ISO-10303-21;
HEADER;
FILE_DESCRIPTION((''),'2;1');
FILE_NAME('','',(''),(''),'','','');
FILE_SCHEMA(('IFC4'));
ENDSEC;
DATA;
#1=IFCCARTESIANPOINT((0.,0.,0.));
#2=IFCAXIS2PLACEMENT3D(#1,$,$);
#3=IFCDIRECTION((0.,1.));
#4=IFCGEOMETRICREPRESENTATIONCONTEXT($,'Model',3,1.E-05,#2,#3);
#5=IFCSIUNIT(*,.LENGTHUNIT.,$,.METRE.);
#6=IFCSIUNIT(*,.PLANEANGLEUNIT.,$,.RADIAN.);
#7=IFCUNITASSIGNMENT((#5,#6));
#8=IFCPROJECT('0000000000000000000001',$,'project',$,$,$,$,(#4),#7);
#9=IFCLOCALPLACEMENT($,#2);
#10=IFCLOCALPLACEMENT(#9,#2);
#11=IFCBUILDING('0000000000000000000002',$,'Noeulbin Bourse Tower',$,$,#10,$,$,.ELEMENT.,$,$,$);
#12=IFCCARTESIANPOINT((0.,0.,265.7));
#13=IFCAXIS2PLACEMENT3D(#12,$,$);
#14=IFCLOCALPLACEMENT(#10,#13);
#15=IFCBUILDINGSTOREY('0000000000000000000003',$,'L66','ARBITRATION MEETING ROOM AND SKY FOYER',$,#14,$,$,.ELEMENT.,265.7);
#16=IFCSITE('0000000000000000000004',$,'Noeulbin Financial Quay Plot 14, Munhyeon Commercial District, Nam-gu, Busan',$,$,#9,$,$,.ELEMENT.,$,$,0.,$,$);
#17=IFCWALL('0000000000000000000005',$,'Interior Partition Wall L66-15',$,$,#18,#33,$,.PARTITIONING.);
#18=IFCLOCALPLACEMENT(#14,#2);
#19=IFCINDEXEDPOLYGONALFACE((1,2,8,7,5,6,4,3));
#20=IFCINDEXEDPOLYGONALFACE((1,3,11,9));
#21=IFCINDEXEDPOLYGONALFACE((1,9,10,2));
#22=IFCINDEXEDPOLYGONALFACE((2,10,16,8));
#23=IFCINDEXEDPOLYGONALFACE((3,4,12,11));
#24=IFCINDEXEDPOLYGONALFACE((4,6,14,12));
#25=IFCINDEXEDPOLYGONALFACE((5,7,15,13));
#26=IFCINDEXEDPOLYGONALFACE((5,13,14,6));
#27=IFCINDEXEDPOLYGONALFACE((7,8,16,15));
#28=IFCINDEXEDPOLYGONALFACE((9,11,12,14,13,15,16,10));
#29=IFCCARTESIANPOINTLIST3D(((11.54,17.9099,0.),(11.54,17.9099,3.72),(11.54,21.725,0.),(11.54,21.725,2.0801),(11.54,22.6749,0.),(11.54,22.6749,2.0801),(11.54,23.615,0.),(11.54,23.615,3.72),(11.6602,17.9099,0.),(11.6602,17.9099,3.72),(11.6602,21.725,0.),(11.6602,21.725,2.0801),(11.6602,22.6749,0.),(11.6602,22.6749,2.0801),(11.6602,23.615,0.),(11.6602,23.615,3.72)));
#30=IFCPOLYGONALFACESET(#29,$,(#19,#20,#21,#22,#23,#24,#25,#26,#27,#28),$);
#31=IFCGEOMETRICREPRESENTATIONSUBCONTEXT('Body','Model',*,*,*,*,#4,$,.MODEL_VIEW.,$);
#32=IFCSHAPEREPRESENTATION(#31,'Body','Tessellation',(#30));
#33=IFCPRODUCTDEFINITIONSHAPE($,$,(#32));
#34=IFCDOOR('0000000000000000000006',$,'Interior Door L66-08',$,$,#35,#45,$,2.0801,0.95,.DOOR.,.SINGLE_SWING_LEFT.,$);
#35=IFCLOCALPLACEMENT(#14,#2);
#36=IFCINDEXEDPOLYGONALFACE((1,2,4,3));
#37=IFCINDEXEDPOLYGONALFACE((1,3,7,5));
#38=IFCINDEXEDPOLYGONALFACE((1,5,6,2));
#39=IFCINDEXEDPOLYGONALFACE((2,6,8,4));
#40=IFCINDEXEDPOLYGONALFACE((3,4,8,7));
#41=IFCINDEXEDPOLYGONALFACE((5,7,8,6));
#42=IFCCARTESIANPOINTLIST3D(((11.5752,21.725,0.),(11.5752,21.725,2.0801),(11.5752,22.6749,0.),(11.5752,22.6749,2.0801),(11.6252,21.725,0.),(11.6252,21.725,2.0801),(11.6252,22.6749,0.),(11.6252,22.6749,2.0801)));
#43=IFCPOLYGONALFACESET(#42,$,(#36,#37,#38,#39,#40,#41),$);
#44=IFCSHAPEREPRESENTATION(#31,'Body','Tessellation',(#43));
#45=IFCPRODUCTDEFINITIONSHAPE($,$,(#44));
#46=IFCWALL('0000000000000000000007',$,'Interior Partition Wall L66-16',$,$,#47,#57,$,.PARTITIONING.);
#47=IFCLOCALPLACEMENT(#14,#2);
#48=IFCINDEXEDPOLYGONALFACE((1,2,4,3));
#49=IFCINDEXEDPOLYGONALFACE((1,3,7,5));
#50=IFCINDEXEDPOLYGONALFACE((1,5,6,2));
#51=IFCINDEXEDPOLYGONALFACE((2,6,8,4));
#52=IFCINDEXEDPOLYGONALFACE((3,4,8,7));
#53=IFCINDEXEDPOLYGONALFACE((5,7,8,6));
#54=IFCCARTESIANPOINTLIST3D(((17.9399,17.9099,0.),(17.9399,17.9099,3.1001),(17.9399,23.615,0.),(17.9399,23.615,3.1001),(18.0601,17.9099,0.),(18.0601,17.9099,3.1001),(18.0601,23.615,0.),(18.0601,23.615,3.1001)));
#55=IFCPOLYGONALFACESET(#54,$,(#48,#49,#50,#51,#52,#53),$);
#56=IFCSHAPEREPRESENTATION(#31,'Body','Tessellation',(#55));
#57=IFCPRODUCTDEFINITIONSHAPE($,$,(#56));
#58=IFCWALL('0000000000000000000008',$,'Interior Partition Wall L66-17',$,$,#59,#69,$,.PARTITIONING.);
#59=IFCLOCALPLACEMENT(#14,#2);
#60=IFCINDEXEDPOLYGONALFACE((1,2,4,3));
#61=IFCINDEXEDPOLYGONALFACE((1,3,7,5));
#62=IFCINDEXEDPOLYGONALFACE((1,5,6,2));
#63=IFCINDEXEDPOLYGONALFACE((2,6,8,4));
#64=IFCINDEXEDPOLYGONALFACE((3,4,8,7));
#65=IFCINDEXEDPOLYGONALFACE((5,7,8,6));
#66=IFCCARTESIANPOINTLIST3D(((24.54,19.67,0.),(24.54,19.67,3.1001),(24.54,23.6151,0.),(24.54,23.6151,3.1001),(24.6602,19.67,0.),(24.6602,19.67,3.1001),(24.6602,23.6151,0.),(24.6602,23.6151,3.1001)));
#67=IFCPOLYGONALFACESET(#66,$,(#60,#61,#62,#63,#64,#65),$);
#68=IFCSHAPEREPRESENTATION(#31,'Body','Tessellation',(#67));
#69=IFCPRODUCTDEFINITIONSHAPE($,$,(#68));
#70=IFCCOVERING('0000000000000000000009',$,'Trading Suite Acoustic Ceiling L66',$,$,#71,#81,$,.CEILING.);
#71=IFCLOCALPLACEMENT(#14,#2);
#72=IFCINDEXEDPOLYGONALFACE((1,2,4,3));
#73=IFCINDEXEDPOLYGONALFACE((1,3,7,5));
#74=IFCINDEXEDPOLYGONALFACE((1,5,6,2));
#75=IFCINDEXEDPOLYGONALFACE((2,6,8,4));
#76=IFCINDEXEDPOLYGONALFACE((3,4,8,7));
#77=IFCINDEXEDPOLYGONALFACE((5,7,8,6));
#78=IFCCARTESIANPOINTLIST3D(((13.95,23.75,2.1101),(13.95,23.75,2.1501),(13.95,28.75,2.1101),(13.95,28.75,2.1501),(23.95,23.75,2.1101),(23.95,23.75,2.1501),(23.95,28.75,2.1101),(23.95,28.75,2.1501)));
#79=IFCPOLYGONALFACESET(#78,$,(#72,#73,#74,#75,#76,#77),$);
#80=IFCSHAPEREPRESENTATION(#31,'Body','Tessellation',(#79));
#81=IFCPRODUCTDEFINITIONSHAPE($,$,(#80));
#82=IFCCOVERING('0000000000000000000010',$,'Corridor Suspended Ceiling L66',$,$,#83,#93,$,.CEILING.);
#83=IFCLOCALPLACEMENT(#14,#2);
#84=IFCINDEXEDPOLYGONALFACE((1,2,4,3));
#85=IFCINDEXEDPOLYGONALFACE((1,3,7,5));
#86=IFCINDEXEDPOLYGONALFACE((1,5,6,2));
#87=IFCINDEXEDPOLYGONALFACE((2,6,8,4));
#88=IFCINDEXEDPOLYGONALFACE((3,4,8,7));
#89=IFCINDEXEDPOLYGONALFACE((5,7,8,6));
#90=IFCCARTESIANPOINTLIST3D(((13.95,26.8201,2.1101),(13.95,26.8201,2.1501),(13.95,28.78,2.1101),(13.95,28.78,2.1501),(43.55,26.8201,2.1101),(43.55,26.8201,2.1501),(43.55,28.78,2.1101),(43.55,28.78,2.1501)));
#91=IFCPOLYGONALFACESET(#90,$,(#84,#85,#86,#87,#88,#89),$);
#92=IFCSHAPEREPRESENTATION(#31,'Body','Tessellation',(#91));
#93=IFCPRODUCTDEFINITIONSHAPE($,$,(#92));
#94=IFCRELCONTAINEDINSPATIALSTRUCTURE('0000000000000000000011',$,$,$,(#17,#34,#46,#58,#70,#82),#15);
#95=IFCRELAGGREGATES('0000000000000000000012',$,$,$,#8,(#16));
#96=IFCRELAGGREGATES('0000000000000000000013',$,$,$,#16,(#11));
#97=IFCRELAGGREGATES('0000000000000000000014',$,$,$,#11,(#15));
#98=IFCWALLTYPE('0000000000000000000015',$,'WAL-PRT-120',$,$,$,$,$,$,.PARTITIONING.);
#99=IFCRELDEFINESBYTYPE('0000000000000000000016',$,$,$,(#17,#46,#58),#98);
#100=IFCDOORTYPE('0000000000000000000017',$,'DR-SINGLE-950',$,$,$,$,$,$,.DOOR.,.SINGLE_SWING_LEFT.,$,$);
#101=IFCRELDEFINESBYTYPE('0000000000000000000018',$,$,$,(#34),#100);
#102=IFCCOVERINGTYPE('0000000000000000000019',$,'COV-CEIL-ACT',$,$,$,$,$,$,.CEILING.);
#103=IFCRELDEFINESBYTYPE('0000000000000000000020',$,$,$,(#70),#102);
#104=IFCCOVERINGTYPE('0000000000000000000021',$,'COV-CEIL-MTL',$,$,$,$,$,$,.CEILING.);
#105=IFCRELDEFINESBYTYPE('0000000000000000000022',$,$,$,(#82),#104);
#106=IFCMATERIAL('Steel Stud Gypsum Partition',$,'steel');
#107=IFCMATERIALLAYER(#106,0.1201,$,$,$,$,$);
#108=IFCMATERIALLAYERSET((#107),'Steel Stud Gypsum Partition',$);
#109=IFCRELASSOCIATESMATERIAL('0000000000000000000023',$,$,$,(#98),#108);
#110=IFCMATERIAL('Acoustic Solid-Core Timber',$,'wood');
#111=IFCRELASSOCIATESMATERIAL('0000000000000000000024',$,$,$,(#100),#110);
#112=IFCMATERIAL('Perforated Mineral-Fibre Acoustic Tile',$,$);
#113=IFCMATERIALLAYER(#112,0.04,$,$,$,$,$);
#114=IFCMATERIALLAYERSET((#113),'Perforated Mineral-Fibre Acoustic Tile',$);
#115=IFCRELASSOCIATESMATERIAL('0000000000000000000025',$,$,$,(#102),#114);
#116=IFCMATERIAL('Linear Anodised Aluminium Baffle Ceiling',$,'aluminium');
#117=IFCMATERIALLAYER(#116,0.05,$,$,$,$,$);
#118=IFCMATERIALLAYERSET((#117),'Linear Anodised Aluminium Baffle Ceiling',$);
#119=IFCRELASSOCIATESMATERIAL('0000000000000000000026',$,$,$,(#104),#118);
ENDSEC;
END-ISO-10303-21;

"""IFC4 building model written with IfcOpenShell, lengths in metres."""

from ifc_helpers import new_model, si_unit, direction, frame, frame_2d, origin, place, context, subcontext, project, spatial, polyline, rectangle, outline, extrude, material, layer, layer_set, type_object, element, fill, save


model = new_model("IFC4")

# Units and contexts
model_context = context("Model", 3, precision=1e-05, world=origin(), true_north=direction((0.0, 1.0)))
body_context = subcontext(model_context, "Body", "Model", "MODEL_VIEW")
ifc_project = project(units=[si_unit("LENGTHUNIT", "METRE"), si_unit("PLANEANGLEUNIT", "RADIAN")], contexts=[model_context])

# Site, building, storey
site_placement = place(None, origin())
site = spatial("IfcSite", under=ifc_project, at=site_placement, Name="Noeulbin Financial Quay Plot 14, Munhyeon Commercial District, Nam-gu, Busan", CompositionType="ELEMENT", RefElevation=0.0)
building_placement = place(site_placement, origin())
building = spatial("IfcBuilding", under=site, at=building_placement, Name="Noeulbin Bourse Tower", CompositionType="ELEMENT")
storey_placement = place(building_placement, frame((0.0, 0.0, 265.7)))
storey = spatial("IfcBuildingStorey", under=building, at=storey_placement, Name="L66", Description="ARBITRATION MEETING ROOM AND SKY FOYER", CompositionType="ELEMENT", Elevation=265.7)

# Wall, opening, door
ifc_material_1 = material(Name="Steel Stud Gypsum Partition", Category="steel")
ifc_layer_1 = layer(ifc_material_1, 0.1201)
ifc_layer_set_1 = layer_set([ifc_layer_1], Name="Steel Stud Gypsum Partition")
wall_type_1 = type_object("IfcWallType", Name="WAL-PRT-120", PredefinedType="PARTITIONING", material=ifc_layer_set_1)
wall_1_placement = place(storey_placement, frame((11.6001, 17.9099, 0.0), z_axis=(0.0, 0.0, 1.0), x_axis=(0.0, 1.0, 0.0)))
wall_1 = element("IfcWall", 1, at=wall_1_placement, inside=storey, type_object=wall_type_1, Name="Interior Partition Wall L66-15", PredefinedType="PARTITIONING", context=body_context, shape_type="SweptSolid", body=[
    extrude(rectangle(XDim=5.7051, YDim=0.1201, at=frame_2d((2.8525, 0.0))), origin(), (0.0, 0.0, 1.0), 3.72),
])
opening_1_placement = place(wall_1_placement, frame((3.8149, 0.0, 0.0)))
opening_1 = element("IfcOpeningElement", 2, at=opening_1_placement, cuts=wall_1, PredefinedType="OPENING", context=body_context, shape_type="SweptSolid", body=[
    extrude(rectangle(XDim=0.95, YDim=2.0801, at=frame_2d((0.4751, 1.04))), frame((0.0, 0.0701, 0.0), z_axis=(0.0, -1.0, 0.0), x_axis=(1.0, 0.0, 0.0)), (0.0, 0.0, 1.0), 0.1401),
])
ifc_material_2 = material(Name="Acoustic Solid-Core Timber", Category="wood")
door_type = type_object("IfcDoorType", Name="DR-SINGLE-950", OperationType="SINGLE_SWING_LEFT", PredefinedType="DOOR", material=ifc_material_2)
door_placement = place(opening_1_placement, origin())
door = element("IfcDoor", 3, at=door_placement, inside=storey, type_object=door_type, Name="Interior Door L66-08", OperationType="SINGLE_SWING_LEFT", OverallHeight=2.0801, OverallWidth=0.95, PredefinedType="DOOR", context=body_context, shape_type="SweptSolid", body=[
    extrude(rectangle(XDim=0.95, YDim=2.0801, at=frame_2d((0.4751, 1.04))), frame((0.0, 0.0249, 0.0), z_axis=(0.0, -1.0, 0.0), x_axis=(1.0, 0.0, 0.0)), (0.0, 0.0, 1.0), 0.05),
])
fill(opening_1, door)

# Walls
wall_2_placement = place(storey_placement, frame((18.0, 17.9099, 0.0), z_axis=(0.0, 0.0, 1.0), x_axis=(0.0, 1.0, 0.0)))
element("IfcWall", 4, at=wall_2_placement, inside=storey, type_object=wall_type_1, Name="Interior Partition Wall L66-16", PredefinedType="PARTITIONING", context=body_context, shape_type="SweptSolid", body=[
    extrude(rectangle(XDim=5.7051, YDim=0.1201, at=frame_2d((2.8525, 0.0))), origin(), (0.0, 0.0, 1.0), 3.1001),
])
wall_3_placement = place(storey_placement, frame((24.6001, 19.6699, 0.0), z_axis=(0.0, 0.0, 1.0), x_axis=(0.0, 1.0, 0.0)))
element("IfcWall", 5, at=wall_3_placement, inside=storey, type_object=wall_type_1, Name="Interior Partition Wall L66-17", PredefinedType="PARTITIONING", context=body_context, shape_type="SweptSolid", body=[
    extrude(rectangle(XDim=3.9451, YDim=0.1201, at=frame_2d((1.9727, 0.0))), origin(), (0.0, 0.0, 1.0), 3.1001),
])

# Coverings
ifc_material_3 = material(Name="Perforated Mineral-Fibre Acoustic Tile")
ifc_layer_2 = layer(ifc_material_3, 0.04)
ifc_layer_set_2 = layer_set([ifc_layer_2], Name="Perforated Mineral-Fibre Acoustic Tile")
covering_type_1 = type_object("IfcCoveringType", Name="COV-CEIL-ACT", PredefinedType="CEILING", material=ifc_layer_set_2)
covering_1_placement = place(storey_placement, frame((0.0, 0.0, 2.1101)))
element("IfcCovering", 6, at=covering_1_placement, inside=storey, type_object=covering_type_1, Name="Trading Suite Acoustic Ceiling L66", PredefinedType="CEILING", context=body_context, shape_type="SweptSolid", body=[
    extrude(outline(polyline([(13.95, 23.75), (23.95, 23.75), (23.95, 28.75), (13.95, 28.75), (13.95, 23.75)])), origin(), (0.0, 0.0, 1.0), 0.04),
])
ifc_material_4 = material(Name="Linear Anodised Aluminium Baffle Ceiling", Category="aluminium")
ifc_layer_3 = layer(ifc_material_4, 0.05)
ifc_layer_set_3 = layer_set([ifc_layer_3], Name="Linear Anodised Aluminium Baffle Ceiling")
covering_type_2 = type_object("IfcCoveringType", Name="COV-CEIL-MTL", PredefinedType="CEILING", material=ifc_layer_set_3)
covering_2_placement = place(storey_placement, frame((0.0, 0.0, 2.1101)))
element("IfcCovering", 7, at=covering_2_placement, inside=storey, type_object=covering_type_2, Name="Corridor Suspended Ceiling L66", PredefinedType="CEILING", context=body_context, shape_type="SweptSolid", body=[
    extrude(outline(polyline([(13.95, 26.8201), (43.55, 26.8201), (43.55, 28.78), (13.95, 28.78), (13.95, 26.8201)])), origin(), (0.0, 0.0, 1.0), 0.04),
])

save(model, "model.ifc")
